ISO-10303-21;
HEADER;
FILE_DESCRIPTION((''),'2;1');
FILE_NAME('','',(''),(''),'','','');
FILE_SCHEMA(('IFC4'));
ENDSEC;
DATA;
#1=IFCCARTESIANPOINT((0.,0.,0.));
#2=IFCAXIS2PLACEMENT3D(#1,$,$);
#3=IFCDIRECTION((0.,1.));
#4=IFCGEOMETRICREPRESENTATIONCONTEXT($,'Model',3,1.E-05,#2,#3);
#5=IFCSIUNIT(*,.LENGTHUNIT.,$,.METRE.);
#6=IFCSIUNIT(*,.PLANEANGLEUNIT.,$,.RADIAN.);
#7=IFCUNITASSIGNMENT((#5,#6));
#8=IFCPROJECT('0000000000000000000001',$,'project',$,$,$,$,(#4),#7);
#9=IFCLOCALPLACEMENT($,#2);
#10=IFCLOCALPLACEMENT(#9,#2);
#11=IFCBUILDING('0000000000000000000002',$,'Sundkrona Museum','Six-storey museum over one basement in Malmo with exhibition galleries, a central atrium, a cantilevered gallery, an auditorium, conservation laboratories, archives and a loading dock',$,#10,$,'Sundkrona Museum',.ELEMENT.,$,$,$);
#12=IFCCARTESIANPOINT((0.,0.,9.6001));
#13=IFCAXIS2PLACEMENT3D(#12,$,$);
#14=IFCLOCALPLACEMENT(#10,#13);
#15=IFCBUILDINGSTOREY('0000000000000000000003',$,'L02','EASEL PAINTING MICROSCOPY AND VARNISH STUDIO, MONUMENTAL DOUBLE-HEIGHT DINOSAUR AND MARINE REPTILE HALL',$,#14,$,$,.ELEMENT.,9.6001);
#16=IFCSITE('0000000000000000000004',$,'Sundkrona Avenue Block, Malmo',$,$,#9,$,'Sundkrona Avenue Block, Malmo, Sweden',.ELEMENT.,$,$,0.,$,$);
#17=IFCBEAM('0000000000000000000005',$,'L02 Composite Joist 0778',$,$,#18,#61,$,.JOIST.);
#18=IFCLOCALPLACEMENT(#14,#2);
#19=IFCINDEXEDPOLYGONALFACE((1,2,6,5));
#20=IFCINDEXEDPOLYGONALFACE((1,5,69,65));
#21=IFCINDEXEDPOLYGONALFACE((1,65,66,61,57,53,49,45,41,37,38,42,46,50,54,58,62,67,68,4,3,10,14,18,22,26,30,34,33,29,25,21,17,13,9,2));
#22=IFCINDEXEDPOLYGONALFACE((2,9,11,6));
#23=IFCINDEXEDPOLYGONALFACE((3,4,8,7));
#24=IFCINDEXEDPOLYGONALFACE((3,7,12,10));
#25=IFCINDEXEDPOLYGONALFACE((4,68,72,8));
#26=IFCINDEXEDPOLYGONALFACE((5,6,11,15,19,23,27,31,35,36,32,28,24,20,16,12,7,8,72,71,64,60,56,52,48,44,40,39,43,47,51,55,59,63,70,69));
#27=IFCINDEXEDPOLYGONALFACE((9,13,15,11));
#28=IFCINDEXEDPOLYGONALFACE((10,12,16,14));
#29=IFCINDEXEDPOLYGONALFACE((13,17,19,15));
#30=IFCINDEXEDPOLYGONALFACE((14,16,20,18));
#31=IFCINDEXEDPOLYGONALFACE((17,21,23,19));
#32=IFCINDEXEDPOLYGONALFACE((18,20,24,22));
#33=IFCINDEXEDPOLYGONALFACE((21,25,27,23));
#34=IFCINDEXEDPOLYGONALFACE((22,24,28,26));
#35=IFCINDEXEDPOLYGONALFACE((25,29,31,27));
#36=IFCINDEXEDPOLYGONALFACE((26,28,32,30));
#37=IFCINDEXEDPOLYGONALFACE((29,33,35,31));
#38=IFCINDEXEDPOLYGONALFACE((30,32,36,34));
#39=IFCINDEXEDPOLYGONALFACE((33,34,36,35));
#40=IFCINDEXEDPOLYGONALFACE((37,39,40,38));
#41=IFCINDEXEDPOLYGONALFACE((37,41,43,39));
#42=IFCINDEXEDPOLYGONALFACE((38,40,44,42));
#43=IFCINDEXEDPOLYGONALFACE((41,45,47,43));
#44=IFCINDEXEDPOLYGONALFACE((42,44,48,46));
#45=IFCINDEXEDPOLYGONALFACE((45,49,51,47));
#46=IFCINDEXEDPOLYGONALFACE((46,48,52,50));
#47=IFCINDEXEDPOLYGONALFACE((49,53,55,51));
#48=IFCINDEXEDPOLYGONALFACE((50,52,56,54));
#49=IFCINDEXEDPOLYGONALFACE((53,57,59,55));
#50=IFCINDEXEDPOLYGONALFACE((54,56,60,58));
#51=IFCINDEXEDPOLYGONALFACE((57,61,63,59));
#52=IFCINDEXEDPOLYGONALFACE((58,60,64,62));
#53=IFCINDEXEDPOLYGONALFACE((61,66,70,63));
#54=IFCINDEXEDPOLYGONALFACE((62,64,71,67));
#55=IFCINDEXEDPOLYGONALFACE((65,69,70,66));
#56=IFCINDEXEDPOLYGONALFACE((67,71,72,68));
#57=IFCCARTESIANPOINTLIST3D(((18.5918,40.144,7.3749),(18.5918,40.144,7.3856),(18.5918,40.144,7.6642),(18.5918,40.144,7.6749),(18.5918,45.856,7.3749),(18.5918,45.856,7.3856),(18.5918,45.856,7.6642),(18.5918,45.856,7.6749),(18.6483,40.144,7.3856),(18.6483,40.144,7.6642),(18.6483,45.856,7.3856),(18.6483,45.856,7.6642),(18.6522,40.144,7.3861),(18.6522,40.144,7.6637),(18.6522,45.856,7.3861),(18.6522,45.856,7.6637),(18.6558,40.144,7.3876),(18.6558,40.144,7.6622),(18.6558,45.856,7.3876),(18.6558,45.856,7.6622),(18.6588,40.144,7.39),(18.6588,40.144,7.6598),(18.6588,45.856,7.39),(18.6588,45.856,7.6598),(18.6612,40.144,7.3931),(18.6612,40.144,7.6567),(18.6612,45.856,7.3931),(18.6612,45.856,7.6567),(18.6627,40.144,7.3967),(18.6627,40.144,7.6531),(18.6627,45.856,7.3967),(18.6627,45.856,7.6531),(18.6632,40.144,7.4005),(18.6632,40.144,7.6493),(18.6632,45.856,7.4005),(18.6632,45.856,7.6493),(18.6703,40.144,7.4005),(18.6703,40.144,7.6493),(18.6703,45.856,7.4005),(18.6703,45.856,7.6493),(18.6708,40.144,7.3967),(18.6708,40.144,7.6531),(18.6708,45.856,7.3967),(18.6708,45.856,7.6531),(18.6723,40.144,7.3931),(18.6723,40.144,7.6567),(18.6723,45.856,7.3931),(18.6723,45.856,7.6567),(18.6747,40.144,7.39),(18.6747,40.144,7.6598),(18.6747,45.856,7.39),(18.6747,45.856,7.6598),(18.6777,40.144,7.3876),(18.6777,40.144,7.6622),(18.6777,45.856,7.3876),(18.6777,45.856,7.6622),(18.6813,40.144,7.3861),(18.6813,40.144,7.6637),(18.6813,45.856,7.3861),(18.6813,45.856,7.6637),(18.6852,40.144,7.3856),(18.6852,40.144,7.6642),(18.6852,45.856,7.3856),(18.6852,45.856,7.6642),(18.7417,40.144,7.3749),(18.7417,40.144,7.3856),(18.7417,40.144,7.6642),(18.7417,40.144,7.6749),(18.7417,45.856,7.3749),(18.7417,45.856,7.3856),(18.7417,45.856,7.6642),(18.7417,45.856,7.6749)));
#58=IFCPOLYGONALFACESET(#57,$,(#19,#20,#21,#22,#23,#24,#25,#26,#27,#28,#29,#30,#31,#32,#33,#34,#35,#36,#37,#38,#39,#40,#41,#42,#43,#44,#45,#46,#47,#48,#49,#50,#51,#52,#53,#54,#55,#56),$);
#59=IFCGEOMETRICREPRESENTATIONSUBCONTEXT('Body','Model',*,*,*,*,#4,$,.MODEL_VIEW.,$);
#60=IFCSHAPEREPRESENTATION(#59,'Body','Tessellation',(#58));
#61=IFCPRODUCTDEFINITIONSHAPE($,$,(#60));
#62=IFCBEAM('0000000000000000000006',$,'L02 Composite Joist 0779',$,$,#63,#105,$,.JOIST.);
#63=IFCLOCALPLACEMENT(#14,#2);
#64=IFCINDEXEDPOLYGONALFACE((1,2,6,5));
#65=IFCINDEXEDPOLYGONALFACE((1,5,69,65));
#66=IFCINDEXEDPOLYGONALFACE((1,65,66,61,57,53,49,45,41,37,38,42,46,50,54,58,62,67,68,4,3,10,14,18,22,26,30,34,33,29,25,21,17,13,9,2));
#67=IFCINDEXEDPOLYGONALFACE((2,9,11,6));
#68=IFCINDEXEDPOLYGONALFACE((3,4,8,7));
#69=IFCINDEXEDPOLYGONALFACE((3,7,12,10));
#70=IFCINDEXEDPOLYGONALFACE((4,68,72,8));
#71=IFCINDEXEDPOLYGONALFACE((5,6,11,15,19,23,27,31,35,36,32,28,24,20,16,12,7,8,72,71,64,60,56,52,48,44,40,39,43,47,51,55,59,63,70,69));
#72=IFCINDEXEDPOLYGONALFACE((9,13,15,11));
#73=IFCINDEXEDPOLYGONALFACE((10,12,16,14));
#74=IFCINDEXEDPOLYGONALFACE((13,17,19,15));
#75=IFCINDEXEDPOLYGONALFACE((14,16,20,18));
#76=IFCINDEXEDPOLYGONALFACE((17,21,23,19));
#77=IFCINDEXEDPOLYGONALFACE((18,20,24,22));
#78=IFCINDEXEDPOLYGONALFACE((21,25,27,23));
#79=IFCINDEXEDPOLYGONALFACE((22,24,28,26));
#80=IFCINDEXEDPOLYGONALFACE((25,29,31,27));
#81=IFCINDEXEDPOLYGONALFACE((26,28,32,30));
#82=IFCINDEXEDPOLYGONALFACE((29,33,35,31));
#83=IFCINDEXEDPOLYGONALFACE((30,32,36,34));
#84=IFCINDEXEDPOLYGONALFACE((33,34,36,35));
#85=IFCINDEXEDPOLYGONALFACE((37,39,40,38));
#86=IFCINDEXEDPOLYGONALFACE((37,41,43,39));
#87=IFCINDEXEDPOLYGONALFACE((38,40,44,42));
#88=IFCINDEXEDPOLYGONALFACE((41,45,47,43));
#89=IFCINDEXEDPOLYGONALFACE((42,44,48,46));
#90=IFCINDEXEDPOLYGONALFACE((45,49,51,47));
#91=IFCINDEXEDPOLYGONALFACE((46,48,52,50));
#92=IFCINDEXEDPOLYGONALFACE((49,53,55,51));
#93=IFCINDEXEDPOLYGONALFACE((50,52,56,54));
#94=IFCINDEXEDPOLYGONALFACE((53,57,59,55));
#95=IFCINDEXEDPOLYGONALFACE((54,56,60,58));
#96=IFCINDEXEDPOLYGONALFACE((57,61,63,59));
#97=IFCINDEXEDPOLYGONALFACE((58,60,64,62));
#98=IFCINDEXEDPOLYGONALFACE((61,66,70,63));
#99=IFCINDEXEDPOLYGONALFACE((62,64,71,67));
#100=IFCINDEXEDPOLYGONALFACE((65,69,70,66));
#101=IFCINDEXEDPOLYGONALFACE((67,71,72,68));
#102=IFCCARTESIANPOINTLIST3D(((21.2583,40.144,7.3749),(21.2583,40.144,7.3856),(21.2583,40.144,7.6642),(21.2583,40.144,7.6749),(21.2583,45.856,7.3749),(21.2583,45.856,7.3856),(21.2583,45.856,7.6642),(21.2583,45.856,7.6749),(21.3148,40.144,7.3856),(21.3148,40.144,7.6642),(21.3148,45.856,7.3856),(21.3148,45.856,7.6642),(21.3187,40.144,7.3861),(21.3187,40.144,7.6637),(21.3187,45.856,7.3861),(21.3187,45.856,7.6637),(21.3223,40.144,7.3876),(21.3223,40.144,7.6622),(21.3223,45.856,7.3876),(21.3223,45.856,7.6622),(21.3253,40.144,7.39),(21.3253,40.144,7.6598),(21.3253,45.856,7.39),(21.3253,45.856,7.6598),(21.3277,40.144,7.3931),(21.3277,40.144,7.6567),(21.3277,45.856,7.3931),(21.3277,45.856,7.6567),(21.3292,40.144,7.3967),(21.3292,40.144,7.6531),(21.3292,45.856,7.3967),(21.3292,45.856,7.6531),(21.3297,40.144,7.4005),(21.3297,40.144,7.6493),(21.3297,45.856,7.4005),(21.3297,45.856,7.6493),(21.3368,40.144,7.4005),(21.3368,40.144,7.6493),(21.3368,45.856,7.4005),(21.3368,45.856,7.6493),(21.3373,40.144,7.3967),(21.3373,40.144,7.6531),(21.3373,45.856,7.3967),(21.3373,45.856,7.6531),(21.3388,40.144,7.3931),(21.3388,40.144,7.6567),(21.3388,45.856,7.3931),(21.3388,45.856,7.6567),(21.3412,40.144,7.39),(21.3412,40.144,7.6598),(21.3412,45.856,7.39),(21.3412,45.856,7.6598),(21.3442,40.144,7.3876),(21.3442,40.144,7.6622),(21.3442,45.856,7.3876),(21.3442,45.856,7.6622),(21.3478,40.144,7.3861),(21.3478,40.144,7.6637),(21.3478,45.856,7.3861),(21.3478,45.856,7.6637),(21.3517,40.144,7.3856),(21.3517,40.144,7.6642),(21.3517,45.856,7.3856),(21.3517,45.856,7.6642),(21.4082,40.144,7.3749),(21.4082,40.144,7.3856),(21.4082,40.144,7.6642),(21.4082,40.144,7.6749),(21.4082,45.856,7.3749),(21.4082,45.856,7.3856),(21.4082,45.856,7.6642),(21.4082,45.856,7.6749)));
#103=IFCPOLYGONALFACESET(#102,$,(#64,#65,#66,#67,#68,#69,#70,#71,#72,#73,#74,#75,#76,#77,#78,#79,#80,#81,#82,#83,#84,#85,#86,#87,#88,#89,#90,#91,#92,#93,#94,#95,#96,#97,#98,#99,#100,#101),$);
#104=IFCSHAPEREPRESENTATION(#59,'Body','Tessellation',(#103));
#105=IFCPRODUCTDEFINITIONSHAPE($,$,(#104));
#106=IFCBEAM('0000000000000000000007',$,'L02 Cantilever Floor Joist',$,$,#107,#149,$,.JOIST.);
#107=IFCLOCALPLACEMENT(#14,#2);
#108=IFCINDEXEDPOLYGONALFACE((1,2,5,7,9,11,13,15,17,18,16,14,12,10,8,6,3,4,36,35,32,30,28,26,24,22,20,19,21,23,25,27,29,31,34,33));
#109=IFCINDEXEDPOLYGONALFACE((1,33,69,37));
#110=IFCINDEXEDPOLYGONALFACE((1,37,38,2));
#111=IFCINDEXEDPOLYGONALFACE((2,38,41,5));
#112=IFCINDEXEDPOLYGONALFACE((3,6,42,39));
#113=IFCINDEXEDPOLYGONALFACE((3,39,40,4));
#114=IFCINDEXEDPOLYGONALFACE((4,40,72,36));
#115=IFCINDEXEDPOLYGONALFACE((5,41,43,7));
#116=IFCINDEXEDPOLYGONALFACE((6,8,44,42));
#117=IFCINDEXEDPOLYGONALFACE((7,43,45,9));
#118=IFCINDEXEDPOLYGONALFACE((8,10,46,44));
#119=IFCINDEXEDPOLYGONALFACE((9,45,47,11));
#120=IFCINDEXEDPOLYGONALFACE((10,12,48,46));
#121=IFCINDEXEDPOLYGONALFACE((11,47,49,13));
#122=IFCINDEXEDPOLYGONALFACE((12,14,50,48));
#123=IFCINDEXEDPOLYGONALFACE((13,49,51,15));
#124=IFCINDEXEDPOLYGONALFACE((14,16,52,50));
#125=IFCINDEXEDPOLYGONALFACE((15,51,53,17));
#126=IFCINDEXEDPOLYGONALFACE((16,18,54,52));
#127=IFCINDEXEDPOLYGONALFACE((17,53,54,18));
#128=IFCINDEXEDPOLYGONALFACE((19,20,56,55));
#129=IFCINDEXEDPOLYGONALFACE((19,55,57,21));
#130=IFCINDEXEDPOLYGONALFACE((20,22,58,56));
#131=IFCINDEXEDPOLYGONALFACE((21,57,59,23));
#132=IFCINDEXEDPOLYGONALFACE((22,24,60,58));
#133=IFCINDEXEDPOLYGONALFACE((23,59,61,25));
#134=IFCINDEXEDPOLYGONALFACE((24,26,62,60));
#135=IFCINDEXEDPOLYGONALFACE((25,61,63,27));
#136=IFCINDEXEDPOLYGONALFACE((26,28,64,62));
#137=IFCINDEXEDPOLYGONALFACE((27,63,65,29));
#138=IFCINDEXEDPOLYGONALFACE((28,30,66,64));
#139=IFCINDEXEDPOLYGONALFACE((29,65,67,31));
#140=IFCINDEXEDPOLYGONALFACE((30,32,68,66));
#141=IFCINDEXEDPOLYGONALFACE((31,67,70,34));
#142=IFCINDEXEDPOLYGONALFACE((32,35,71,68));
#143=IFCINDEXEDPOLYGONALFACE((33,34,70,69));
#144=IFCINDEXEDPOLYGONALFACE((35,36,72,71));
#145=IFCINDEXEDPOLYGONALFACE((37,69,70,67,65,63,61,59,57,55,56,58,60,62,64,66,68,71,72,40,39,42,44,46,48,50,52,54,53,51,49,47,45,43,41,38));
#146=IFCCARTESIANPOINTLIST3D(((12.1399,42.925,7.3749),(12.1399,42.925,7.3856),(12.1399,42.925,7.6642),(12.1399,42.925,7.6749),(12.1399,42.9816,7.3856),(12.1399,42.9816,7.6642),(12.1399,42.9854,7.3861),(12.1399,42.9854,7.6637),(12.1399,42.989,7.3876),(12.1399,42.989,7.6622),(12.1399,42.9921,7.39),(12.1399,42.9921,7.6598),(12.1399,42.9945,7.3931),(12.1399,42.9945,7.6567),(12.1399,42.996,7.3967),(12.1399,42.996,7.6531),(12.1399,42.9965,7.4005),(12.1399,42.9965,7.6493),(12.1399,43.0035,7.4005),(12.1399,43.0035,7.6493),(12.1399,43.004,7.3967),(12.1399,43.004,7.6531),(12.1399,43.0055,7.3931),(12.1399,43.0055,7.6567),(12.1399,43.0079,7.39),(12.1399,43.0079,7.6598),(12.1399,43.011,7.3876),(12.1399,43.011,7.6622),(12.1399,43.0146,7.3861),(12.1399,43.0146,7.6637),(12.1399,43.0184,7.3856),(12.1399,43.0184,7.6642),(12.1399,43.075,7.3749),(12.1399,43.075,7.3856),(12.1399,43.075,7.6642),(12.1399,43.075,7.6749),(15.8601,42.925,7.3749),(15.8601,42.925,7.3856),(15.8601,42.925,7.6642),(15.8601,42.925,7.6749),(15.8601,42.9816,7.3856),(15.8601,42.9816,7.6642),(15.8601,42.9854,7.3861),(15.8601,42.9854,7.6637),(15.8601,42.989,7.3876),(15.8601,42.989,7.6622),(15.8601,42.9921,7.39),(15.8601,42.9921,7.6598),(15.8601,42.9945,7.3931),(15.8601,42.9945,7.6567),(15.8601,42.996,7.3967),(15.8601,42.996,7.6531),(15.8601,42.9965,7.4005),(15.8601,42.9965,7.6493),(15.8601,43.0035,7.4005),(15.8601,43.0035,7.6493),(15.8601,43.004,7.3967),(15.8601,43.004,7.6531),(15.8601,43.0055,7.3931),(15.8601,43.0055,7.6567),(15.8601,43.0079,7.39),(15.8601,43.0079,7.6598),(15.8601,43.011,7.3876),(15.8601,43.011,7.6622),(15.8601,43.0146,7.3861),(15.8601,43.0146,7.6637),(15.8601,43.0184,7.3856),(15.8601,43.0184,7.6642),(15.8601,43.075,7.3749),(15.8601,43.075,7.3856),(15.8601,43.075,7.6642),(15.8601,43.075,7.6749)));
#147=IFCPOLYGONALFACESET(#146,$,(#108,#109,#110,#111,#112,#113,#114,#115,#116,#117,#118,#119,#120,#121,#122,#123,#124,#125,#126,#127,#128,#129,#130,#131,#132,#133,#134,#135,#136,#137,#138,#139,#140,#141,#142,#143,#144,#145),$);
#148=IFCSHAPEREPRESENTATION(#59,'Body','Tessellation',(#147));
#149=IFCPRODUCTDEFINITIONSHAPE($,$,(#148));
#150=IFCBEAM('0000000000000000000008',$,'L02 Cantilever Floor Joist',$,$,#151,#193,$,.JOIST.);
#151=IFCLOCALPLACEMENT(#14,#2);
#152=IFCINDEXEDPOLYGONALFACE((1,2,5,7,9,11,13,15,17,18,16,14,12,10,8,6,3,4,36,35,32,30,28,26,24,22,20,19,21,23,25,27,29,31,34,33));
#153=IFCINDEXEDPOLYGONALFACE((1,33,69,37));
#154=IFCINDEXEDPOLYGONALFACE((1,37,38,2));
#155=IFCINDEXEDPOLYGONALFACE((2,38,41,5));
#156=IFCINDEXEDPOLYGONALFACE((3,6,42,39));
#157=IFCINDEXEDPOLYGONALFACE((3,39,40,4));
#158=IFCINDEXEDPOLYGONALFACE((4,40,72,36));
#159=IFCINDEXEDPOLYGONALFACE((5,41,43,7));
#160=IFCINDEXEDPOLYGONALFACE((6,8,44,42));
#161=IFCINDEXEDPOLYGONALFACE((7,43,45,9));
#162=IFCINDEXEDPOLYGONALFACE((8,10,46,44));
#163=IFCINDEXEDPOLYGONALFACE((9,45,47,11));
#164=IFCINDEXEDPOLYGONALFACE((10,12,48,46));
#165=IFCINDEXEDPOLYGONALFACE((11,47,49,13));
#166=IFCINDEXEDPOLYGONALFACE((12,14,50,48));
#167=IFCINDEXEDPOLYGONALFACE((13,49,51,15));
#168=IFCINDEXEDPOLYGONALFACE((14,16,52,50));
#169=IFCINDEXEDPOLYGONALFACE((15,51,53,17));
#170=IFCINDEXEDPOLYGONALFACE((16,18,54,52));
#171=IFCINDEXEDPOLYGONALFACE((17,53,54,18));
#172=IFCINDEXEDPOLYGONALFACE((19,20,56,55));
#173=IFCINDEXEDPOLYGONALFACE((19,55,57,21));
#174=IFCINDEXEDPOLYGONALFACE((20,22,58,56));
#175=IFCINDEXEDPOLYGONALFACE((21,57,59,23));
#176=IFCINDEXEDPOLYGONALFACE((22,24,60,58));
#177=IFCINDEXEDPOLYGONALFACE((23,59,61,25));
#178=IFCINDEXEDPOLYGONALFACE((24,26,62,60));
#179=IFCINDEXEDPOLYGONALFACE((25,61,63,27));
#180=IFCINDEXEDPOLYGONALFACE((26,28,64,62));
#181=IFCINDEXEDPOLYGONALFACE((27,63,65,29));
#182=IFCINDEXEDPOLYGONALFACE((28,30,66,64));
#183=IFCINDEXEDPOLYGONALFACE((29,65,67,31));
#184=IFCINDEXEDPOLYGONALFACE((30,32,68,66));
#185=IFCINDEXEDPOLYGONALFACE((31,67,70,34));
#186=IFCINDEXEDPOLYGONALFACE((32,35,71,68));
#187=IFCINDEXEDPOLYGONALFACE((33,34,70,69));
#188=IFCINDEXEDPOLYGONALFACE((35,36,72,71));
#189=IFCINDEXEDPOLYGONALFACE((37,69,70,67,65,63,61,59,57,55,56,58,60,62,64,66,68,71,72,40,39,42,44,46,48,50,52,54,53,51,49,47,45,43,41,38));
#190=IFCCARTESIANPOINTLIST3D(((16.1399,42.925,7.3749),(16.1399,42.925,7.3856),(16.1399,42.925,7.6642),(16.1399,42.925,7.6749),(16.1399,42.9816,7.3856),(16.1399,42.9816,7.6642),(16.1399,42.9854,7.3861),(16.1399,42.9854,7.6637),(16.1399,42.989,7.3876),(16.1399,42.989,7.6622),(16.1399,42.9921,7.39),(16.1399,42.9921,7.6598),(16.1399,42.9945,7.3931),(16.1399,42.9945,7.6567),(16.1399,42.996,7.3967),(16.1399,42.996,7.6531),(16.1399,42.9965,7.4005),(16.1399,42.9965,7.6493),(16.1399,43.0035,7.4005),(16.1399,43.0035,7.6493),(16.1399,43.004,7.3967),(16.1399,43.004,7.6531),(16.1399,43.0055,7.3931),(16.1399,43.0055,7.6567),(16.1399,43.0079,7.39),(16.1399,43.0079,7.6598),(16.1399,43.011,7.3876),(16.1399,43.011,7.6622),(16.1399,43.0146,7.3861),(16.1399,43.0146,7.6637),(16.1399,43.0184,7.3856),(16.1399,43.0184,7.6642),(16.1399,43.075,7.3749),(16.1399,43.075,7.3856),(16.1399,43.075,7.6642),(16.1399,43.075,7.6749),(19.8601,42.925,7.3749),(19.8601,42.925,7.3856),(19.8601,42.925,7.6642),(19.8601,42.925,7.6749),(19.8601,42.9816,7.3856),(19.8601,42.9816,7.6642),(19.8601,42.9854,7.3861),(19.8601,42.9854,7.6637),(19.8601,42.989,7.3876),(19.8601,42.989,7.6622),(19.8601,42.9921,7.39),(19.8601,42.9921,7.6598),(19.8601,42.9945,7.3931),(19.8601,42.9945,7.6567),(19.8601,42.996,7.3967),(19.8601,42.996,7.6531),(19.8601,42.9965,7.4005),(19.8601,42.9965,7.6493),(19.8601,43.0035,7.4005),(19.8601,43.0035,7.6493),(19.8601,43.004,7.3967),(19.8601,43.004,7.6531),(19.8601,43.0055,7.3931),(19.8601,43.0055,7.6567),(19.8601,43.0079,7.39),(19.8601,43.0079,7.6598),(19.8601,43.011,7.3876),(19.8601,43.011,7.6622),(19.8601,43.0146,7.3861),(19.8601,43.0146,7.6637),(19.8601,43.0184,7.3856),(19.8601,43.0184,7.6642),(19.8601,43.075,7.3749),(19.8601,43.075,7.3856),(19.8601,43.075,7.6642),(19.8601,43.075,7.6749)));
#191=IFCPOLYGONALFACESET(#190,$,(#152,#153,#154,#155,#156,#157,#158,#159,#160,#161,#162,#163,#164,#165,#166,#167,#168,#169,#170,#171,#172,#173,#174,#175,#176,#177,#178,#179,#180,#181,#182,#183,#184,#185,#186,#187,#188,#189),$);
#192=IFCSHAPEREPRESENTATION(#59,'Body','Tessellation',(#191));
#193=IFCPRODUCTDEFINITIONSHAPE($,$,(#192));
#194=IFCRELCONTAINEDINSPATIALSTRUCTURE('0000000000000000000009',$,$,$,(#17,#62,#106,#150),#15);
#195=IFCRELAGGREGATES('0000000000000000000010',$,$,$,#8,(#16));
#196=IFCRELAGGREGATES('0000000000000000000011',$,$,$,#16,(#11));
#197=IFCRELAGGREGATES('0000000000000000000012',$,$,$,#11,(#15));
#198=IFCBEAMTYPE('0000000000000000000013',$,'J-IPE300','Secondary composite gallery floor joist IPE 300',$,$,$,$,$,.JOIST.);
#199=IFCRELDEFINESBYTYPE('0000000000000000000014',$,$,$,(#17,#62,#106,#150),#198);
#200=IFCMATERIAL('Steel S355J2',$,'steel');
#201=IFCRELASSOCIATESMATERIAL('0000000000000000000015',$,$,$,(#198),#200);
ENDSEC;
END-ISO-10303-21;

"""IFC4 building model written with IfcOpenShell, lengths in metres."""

from ifc_helpers import new_model, si_unit, direction, frame, origin, origin_2d, place, context, subcontext, project, spatial, i_section, extrude, material, material_profile, profile_set, type_object, element, save


model = new_model("IFC4")

# Units and contexts
model_context = context("Model", 3, precision=1e-05, world=origin(), true_north=direction((0.0, 1.0)))
body_context = subcontext(model_context, "Body", "Model", "MODEL_VIEW")
ifc_project = project(units=[si_unit("LENGTHUNIT", "METRE"), si_unit("PLANEANGLEUNIT", "RADIAN")], contexts=[model_context])

# Site, building, storey
site_placement = place(None, origin())
site = spatial("IfcSite", under=ifc_project, at=site_placement, Name="Sundkrona Avenue Block, Malmo", LongName="Sundkrona Avenue Block, Malmo, Sweden", CompositionType="ELEMENT", RefElevation=0.0)
building_placement = place(site_placement, origin())
building = spatial("IfcBuilding", under=site, at=building_placement, Name="Sundkrona Museum", Description="Six-storey museum over one basement in Malmo with exhibition galleries, a central atrium, a cantilevered gallery, an auditorium, conservation laboratories, archives and a loading dock", LongName="Sundkrona Museum", CompositionType="ELEMENT")
storey_placement = place(building_placement, frame((0.0, 0.0, 9.6001)))
storey = spatial("IfcBuildingStorey", under=building, at=storey_placement, Name="L02", Description="EASEL PAINTING MICROSCOPY AND VARNISH STUDIO, MONUMENTAL DOUBLE-HEIGHT DINOSAUR AND MARINE REPTILE HALL", CompositionType="ELEMENT", Elevation=9.6001)

# Shared definitions
ifc_material_1 = material(Name="Steel S355J2", Category="steel")

# Beams
ifc_material_profile_1 = material_profile(ifc_material_1, i_section(OverallWidth=0.1499, OverallDepth=0.3, WebThickness=0.0071, FlangeThickness=0.0107, FilletRadius=0.0149, at=origin_2d()), Name="IPE 300")
ifc_profile_set_1 = profile_set([ifc_material_profile_1], Name="Steel S355J2")
beam_type_1 = type_object("IfcBeamType", Name="J-IPE300", Description="Secondary composite gallery floor joist IPE 300", PredefinedType="JOIST", material=ifc_profile_set_1)
for number, where, z_axis, x_axis, name in (
    (1, (18.6667, 40.144, 7.5249), (0.0, 1.0, 0.0), (-1.0, 0.0, 0.0), "L02 Composite Joist 0778"),
    (2, (21.3333, 40.144, 7.5249), (0.0, 1.0, 0.0), (-1.0, 0.0, 0.0), "L02 Composite Joist 0779"),
):
    element("IfcBeam", number, at=place(storey_placement, frame(where, z_axis=z_axis, x_axis=x_axis)), inside=storey, type_object=beam_type_1, Name=name, PredefinedType="JOIST", context=body_context, shape_type="SweptSolid", body=[
        extrude(i_section(OverallWidth=0.1499, OverallDepth=0.3, WebThickness=0.0071, FlangeThickness=0.0107, FilletRadius=0.0149, at=origin_2d()), origin(), (0.0, 0.0, 1.0), 5.7119),
    ])
for number, where, z_axis, x_axis, name in (
    (3, (12.1399, 43.0, 7.5249), (1.0, 0.0, 0.0), (0.0, 1.0, 0.0), "L02 Cantilever Floor Joist"),
    (4, (16.1399, 43.0, 7.5249), (1.0, 0.0, 0.0), (0.0, 1.0, 0.0), "L02 Cantilever Floor Joist"),
):
    element("IfcBeam", number, at=place(storey_placement, frame(where, z_axis=z_axis, x_axis=x_axis)), inside=storey, type_object=beam_type_1, Name=name, PredefinedType="JOIST", context=body_context, shape_type="SweptSolid", body=[
        extrude(i_section(OverallWidth=0.1499, OverallDepth=0.3, WebThickness=0.0071, FlangeThickness=0.0107, FilletRadius=0.0149, at=origin_2d()), origin(), (0.0, 0.0, 1.0), 3.7202),
    ])

save(model, "model.ifc")
